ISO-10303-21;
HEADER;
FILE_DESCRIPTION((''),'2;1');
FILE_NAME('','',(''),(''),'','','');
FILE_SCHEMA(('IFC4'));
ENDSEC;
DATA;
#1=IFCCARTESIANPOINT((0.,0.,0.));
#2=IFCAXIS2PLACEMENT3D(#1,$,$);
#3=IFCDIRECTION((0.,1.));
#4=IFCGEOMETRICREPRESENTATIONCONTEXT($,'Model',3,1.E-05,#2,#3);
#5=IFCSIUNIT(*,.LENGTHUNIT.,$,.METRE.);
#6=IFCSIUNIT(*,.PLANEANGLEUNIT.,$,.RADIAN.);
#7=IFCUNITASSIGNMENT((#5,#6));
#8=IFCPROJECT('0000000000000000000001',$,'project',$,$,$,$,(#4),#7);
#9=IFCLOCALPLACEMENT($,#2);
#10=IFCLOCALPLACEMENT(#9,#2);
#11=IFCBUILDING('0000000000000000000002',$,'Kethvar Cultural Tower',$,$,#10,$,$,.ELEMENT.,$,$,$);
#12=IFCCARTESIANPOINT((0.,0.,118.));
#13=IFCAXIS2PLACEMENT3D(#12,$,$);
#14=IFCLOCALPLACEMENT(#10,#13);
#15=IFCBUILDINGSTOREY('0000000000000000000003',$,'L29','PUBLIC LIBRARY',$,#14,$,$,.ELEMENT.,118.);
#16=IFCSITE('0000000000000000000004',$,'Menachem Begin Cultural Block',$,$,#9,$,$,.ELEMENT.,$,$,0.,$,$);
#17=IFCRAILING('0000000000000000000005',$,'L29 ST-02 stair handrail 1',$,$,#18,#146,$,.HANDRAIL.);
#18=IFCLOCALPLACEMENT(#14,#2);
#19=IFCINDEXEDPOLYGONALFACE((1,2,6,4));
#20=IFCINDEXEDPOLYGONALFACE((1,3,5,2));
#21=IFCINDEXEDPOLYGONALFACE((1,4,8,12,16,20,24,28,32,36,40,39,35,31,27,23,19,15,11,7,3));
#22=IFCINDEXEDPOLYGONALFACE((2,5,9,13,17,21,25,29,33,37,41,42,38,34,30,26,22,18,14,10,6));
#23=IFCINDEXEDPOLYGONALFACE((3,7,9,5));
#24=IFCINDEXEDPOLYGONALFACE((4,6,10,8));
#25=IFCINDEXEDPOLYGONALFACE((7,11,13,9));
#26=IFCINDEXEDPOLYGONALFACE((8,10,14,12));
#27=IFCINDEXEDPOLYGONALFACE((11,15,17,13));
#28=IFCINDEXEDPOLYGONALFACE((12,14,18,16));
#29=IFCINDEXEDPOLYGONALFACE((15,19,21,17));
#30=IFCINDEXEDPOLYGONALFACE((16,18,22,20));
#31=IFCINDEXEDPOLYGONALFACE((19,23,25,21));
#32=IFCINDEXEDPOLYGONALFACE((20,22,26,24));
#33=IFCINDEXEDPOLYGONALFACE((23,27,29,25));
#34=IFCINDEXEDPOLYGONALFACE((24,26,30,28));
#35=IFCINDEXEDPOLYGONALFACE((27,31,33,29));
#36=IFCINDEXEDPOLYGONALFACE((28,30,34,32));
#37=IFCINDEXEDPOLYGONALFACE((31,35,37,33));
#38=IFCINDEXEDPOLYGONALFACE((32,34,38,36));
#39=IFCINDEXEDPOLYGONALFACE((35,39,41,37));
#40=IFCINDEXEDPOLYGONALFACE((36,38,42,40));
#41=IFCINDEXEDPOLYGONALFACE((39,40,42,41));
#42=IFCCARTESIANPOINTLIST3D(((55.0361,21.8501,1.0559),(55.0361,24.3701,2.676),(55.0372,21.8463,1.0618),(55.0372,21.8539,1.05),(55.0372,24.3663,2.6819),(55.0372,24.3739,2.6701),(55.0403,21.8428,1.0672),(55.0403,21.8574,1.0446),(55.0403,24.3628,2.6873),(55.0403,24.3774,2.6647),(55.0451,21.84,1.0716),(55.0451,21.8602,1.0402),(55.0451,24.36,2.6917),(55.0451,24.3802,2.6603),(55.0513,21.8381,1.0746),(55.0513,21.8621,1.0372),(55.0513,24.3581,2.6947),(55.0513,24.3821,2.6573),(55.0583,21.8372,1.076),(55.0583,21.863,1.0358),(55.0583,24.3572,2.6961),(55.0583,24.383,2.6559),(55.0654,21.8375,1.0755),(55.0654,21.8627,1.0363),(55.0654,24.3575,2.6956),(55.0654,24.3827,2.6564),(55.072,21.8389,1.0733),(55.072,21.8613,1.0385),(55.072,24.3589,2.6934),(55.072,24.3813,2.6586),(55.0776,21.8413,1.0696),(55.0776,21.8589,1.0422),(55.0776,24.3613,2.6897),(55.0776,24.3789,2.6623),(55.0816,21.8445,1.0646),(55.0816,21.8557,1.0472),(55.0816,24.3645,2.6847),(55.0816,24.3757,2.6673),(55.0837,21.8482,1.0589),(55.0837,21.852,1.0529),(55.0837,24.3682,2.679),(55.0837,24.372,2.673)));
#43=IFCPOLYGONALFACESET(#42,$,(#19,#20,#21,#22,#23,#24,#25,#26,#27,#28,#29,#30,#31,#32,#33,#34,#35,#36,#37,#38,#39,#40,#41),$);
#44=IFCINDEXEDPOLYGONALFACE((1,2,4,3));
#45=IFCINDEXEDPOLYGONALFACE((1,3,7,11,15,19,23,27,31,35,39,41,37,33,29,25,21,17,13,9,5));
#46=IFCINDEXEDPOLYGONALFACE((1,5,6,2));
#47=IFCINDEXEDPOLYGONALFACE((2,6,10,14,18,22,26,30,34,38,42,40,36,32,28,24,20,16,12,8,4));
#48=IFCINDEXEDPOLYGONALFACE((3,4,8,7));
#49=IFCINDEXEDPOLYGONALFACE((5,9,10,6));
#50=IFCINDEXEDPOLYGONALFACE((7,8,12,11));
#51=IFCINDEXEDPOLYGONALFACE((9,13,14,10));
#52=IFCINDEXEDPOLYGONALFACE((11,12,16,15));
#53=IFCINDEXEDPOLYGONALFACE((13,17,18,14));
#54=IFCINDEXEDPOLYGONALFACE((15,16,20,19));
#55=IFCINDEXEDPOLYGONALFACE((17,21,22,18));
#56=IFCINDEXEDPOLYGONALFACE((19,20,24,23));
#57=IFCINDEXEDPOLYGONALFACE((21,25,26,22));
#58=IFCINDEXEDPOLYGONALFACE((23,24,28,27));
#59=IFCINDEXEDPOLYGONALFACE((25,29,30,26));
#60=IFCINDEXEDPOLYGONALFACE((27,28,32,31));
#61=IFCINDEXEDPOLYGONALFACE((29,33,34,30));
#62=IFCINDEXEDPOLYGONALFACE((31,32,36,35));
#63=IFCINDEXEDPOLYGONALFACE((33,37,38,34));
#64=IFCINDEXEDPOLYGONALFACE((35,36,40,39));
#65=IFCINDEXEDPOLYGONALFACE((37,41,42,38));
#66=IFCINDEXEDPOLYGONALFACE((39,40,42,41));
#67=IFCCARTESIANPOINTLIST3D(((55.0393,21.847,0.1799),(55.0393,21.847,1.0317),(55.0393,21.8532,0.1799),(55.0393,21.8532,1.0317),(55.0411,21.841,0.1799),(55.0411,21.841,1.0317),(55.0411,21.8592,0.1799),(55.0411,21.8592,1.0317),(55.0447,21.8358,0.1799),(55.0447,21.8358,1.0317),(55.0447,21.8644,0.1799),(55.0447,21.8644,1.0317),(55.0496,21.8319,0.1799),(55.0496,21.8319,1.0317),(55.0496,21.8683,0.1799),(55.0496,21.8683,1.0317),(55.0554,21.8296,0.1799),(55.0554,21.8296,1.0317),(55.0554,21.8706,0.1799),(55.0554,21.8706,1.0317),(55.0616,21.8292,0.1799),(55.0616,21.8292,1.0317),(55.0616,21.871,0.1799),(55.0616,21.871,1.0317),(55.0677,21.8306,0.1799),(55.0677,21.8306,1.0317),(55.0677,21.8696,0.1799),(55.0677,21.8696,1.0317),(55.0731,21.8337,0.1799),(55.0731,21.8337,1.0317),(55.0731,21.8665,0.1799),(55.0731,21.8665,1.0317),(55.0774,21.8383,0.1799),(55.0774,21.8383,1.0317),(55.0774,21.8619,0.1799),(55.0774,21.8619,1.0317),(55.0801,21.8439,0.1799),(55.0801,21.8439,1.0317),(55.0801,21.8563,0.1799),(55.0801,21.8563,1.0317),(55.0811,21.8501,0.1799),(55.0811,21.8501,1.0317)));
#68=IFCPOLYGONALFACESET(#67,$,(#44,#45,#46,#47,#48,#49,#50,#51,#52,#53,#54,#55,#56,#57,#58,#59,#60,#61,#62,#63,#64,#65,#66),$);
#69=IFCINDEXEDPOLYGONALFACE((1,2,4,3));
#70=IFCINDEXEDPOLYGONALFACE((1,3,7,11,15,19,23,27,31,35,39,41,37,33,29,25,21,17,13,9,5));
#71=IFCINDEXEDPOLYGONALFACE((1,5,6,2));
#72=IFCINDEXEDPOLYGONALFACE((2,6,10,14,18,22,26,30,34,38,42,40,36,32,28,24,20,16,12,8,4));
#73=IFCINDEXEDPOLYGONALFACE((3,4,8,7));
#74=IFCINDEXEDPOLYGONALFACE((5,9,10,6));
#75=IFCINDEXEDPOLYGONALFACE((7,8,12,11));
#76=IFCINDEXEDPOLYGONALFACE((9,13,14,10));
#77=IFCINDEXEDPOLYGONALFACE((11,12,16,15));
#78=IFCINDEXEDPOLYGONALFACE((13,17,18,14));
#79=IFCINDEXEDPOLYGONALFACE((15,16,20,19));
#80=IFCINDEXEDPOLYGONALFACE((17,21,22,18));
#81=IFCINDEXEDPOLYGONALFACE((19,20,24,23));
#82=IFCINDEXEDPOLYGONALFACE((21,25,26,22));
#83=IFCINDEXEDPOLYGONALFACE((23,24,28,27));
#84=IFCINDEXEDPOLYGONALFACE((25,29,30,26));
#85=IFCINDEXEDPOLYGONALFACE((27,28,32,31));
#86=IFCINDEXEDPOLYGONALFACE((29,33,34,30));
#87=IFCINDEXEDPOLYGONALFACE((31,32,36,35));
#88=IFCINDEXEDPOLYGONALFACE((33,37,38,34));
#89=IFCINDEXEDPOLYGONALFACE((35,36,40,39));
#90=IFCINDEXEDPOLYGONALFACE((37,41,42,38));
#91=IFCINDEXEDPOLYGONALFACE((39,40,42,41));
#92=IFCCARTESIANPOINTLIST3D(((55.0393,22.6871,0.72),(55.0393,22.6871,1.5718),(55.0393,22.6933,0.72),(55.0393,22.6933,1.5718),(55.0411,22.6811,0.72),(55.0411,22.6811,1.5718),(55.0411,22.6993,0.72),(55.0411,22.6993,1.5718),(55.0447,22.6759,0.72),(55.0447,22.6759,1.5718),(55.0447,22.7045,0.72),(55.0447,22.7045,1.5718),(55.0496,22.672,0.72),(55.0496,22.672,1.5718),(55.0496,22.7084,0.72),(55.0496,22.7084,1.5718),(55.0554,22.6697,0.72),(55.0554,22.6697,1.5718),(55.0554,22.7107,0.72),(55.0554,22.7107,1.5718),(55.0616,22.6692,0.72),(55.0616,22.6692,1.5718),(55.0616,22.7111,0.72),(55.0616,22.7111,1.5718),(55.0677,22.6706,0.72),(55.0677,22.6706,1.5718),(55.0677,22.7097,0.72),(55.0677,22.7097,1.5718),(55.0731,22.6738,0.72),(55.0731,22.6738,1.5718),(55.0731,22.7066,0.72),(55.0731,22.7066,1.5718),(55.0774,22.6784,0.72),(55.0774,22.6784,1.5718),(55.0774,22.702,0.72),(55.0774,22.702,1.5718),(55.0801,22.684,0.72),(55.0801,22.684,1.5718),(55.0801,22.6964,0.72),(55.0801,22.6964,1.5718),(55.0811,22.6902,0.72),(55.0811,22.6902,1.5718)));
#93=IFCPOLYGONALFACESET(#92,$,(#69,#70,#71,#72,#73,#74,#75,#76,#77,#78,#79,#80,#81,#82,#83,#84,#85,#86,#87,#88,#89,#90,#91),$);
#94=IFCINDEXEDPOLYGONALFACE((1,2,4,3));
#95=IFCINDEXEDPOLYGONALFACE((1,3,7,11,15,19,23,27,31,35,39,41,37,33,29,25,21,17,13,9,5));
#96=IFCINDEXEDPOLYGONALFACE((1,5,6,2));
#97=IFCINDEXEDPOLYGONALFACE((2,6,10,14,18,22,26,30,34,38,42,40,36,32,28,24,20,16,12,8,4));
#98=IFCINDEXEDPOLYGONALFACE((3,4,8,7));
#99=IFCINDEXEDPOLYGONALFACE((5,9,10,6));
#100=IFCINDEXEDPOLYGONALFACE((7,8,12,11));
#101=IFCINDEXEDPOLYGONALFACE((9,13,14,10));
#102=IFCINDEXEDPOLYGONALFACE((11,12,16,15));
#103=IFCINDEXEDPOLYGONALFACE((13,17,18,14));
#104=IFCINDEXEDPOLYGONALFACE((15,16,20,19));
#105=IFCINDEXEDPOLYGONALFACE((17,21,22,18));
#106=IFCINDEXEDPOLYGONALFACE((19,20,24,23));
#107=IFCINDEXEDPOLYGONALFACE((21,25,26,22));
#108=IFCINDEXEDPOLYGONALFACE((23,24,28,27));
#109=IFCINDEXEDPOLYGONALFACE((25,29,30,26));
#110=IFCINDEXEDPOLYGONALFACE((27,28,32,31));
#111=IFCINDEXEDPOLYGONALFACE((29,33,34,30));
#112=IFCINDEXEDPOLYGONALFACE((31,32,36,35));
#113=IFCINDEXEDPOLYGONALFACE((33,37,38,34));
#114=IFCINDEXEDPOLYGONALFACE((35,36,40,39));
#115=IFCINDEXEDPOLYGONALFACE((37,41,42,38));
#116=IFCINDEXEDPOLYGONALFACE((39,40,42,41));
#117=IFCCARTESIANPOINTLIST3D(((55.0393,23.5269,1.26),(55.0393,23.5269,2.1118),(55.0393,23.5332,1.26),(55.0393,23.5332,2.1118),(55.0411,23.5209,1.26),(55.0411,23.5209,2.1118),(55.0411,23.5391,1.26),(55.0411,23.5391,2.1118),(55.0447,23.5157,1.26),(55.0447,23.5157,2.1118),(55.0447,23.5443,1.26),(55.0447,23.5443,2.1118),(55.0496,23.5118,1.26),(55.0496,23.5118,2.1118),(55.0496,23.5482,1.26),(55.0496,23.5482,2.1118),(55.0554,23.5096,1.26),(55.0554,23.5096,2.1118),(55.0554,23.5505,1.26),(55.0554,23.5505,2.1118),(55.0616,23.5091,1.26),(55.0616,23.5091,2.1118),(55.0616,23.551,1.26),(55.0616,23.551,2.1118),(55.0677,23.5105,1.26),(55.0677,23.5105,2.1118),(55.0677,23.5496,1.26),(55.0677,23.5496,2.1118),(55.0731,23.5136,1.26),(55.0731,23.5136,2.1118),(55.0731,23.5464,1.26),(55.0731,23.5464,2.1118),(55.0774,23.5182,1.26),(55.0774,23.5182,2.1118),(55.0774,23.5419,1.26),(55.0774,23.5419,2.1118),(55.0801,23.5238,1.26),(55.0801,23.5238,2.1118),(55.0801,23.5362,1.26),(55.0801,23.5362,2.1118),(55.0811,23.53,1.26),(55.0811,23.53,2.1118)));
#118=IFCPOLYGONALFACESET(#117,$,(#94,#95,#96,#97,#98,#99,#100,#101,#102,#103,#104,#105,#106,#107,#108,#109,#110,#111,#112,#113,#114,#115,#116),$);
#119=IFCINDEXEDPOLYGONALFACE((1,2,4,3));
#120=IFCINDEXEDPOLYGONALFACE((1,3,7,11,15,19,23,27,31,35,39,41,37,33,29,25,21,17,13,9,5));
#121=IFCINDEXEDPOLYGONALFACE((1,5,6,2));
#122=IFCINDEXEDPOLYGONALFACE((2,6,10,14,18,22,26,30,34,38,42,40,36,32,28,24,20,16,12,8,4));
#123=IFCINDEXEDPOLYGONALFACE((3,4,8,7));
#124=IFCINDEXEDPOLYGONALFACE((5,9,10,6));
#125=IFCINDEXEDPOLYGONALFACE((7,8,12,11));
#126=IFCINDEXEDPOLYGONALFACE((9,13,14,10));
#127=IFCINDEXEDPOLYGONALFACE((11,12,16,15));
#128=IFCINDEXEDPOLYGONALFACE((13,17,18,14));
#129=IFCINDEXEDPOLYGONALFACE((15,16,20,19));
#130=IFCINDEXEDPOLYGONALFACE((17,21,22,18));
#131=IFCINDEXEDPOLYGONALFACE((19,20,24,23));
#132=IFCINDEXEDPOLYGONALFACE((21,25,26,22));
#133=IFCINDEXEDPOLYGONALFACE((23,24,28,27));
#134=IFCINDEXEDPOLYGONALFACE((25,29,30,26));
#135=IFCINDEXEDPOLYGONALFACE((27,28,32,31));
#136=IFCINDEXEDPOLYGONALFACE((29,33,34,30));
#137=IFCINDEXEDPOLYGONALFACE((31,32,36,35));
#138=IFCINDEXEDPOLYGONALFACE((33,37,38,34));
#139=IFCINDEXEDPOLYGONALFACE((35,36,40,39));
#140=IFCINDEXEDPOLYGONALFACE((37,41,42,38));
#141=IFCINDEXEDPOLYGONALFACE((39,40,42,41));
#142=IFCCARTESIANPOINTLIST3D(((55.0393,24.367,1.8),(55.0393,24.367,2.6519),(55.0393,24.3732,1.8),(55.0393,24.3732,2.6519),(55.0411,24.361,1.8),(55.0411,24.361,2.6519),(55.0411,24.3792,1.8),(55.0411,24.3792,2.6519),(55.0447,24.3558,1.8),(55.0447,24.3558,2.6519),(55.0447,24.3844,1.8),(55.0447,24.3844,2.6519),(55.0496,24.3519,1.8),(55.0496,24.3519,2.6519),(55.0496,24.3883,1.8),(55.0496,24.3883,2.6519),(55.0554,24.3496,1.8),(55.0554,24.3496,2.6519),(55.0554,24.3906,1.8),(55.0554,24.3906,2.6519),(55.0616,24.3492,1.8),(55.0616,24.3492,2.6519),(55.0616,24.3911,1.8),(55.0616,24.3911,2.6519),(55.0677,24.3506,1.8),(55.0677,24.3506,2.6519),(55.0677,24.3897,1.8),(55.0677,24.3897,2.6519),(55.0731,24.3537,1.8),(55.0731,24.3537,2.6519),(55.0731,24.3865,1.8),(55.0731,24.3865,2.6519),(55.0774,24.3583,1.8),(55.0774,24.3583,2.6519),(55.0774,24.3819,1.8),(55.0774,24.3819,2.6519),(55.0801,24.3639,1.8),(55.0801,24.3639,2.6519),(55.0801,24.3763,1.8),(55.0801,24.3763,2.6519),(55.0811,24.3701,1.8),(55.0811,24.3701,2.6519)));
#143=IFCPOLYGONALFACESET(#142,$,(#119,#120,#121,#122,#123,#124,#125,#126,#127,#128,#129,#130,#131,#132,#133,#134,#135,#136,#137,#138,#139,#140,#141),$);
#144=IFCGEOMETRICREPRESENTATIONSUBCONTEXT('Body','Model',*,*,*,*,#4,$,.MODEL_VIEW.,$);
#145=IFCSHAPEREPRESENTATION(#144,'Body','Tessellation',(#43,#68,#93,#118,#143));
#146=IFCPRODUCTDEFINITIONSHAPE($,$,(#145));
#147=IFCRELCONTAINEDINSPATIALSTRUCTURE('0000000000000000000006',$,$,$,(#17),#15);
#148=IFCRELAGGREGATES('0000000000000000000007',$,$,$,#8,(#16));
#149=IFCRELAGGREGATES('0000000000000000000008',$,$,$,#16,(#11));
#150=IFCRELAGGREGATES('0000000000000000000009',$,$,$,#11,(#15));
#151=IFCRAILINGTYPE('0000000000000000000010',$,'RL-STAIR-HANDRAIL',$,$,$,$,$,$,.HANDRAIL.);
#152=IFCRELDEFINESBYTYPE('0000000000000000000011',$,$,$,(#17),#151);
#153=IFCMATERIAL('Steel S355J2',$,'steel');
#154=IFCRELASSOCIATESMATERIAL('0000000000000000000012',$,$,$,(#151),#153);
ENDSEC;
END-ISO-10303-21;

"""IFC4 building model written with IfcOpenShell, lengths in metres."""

from ifc_helpers import new_model, si_unit, direction, frame, origin, origin_2d, place, context, subcontext, project, spatial, circle, extrude, material, type_object, element, save


model = new_model("IFC4")

# Units and contexts
model_context = context("Model", 3, precision=1e-05, world=origin(), true_north=direction((0.0, 1.0)))
body_context = subcontext(model_context, "Body", "Model", "MODEL_VIEW")
ifc_project = project(units=[si_unit("LENGTHUNIT", "METRE"), si_unit("PLANEANGLEUNIT", "RADIAN")], contexts=[model_context])

# Site, building, storey
site_placement = place(None, origin())
site = spatial("IfcSite", under=ifc_project, at=site_placement, Name="Menachem Begin Cultural Block", CompositionType="ELEMENT", RefElevation=0.0)
building_placement = place(site_placement, origin())
building = spatial("IfcBuilding", under=site, at=building_placement, Name="Kethvar Cultural Tower", CompositionType="ELEMENT")
storey_placement = place(building_placement, frame((0.0, 0.0, 118.0)))
storey = spatial("IfcBuildingStorey", under=building, at=storey_placement, Name="L29", Description="PUBLIC LIBRARY", CompositionType="ELEMENT", Elevation=118.0)

# Shared definitions
ifc_material_1 = material(Name="Steel S355J2", Category="steel")

# Railing
railing_type_1 = type_object("IfcRailingType", Name="RL-STAIR-HANDRAIL", PredefinedType="HANDRAIL", material=ifc_material_1)
railing_1_placement = place(storey_placement, frame((55.0601, 21.8501, 0.1799)))
element("IfcRailing", 1, at=railing_1_placement, inside=storey, type_object=railing_type_1, Name="L29 ST-02 stair handrail 1", PredefinedType="HANDRAIL", context=body_context, shape_type="SweptSolid", body=[
    extrude(circle(Radius=0.0239, at=origin_2d()), frame((0.0, 0.0, 0.876), z_axis=(0.0, 0.841163, 0.540782), x_axis=(-1.0, 0.0, 0.0)), (0.0, 0.0, 1.0), 2.9958),
    extrude(circle(Radius=0.021, at=origin_2d()), origin(), (0.0, 0.0, 1.0), 0.8518),
    extrude(circle(Radius=0.021, at=origin_2d()), frame((0.0, 0.8401, 0.54)), (0.0, 0.0, 1.0), 0.8518),
    extrude(circle(Radius=0.021, at=origin_2d()), frame((0.0, 1.6799, 1.0801)), (0.0, 0.0, 1.0), 0.8518),
    extrude(circle(Radius=0.021, at=origin_2d()), frame((0.0, 2.52, 1.6201)), (0.0, 0.0, 1.0), 0.8518),
])

save(model, "model.ifc")
